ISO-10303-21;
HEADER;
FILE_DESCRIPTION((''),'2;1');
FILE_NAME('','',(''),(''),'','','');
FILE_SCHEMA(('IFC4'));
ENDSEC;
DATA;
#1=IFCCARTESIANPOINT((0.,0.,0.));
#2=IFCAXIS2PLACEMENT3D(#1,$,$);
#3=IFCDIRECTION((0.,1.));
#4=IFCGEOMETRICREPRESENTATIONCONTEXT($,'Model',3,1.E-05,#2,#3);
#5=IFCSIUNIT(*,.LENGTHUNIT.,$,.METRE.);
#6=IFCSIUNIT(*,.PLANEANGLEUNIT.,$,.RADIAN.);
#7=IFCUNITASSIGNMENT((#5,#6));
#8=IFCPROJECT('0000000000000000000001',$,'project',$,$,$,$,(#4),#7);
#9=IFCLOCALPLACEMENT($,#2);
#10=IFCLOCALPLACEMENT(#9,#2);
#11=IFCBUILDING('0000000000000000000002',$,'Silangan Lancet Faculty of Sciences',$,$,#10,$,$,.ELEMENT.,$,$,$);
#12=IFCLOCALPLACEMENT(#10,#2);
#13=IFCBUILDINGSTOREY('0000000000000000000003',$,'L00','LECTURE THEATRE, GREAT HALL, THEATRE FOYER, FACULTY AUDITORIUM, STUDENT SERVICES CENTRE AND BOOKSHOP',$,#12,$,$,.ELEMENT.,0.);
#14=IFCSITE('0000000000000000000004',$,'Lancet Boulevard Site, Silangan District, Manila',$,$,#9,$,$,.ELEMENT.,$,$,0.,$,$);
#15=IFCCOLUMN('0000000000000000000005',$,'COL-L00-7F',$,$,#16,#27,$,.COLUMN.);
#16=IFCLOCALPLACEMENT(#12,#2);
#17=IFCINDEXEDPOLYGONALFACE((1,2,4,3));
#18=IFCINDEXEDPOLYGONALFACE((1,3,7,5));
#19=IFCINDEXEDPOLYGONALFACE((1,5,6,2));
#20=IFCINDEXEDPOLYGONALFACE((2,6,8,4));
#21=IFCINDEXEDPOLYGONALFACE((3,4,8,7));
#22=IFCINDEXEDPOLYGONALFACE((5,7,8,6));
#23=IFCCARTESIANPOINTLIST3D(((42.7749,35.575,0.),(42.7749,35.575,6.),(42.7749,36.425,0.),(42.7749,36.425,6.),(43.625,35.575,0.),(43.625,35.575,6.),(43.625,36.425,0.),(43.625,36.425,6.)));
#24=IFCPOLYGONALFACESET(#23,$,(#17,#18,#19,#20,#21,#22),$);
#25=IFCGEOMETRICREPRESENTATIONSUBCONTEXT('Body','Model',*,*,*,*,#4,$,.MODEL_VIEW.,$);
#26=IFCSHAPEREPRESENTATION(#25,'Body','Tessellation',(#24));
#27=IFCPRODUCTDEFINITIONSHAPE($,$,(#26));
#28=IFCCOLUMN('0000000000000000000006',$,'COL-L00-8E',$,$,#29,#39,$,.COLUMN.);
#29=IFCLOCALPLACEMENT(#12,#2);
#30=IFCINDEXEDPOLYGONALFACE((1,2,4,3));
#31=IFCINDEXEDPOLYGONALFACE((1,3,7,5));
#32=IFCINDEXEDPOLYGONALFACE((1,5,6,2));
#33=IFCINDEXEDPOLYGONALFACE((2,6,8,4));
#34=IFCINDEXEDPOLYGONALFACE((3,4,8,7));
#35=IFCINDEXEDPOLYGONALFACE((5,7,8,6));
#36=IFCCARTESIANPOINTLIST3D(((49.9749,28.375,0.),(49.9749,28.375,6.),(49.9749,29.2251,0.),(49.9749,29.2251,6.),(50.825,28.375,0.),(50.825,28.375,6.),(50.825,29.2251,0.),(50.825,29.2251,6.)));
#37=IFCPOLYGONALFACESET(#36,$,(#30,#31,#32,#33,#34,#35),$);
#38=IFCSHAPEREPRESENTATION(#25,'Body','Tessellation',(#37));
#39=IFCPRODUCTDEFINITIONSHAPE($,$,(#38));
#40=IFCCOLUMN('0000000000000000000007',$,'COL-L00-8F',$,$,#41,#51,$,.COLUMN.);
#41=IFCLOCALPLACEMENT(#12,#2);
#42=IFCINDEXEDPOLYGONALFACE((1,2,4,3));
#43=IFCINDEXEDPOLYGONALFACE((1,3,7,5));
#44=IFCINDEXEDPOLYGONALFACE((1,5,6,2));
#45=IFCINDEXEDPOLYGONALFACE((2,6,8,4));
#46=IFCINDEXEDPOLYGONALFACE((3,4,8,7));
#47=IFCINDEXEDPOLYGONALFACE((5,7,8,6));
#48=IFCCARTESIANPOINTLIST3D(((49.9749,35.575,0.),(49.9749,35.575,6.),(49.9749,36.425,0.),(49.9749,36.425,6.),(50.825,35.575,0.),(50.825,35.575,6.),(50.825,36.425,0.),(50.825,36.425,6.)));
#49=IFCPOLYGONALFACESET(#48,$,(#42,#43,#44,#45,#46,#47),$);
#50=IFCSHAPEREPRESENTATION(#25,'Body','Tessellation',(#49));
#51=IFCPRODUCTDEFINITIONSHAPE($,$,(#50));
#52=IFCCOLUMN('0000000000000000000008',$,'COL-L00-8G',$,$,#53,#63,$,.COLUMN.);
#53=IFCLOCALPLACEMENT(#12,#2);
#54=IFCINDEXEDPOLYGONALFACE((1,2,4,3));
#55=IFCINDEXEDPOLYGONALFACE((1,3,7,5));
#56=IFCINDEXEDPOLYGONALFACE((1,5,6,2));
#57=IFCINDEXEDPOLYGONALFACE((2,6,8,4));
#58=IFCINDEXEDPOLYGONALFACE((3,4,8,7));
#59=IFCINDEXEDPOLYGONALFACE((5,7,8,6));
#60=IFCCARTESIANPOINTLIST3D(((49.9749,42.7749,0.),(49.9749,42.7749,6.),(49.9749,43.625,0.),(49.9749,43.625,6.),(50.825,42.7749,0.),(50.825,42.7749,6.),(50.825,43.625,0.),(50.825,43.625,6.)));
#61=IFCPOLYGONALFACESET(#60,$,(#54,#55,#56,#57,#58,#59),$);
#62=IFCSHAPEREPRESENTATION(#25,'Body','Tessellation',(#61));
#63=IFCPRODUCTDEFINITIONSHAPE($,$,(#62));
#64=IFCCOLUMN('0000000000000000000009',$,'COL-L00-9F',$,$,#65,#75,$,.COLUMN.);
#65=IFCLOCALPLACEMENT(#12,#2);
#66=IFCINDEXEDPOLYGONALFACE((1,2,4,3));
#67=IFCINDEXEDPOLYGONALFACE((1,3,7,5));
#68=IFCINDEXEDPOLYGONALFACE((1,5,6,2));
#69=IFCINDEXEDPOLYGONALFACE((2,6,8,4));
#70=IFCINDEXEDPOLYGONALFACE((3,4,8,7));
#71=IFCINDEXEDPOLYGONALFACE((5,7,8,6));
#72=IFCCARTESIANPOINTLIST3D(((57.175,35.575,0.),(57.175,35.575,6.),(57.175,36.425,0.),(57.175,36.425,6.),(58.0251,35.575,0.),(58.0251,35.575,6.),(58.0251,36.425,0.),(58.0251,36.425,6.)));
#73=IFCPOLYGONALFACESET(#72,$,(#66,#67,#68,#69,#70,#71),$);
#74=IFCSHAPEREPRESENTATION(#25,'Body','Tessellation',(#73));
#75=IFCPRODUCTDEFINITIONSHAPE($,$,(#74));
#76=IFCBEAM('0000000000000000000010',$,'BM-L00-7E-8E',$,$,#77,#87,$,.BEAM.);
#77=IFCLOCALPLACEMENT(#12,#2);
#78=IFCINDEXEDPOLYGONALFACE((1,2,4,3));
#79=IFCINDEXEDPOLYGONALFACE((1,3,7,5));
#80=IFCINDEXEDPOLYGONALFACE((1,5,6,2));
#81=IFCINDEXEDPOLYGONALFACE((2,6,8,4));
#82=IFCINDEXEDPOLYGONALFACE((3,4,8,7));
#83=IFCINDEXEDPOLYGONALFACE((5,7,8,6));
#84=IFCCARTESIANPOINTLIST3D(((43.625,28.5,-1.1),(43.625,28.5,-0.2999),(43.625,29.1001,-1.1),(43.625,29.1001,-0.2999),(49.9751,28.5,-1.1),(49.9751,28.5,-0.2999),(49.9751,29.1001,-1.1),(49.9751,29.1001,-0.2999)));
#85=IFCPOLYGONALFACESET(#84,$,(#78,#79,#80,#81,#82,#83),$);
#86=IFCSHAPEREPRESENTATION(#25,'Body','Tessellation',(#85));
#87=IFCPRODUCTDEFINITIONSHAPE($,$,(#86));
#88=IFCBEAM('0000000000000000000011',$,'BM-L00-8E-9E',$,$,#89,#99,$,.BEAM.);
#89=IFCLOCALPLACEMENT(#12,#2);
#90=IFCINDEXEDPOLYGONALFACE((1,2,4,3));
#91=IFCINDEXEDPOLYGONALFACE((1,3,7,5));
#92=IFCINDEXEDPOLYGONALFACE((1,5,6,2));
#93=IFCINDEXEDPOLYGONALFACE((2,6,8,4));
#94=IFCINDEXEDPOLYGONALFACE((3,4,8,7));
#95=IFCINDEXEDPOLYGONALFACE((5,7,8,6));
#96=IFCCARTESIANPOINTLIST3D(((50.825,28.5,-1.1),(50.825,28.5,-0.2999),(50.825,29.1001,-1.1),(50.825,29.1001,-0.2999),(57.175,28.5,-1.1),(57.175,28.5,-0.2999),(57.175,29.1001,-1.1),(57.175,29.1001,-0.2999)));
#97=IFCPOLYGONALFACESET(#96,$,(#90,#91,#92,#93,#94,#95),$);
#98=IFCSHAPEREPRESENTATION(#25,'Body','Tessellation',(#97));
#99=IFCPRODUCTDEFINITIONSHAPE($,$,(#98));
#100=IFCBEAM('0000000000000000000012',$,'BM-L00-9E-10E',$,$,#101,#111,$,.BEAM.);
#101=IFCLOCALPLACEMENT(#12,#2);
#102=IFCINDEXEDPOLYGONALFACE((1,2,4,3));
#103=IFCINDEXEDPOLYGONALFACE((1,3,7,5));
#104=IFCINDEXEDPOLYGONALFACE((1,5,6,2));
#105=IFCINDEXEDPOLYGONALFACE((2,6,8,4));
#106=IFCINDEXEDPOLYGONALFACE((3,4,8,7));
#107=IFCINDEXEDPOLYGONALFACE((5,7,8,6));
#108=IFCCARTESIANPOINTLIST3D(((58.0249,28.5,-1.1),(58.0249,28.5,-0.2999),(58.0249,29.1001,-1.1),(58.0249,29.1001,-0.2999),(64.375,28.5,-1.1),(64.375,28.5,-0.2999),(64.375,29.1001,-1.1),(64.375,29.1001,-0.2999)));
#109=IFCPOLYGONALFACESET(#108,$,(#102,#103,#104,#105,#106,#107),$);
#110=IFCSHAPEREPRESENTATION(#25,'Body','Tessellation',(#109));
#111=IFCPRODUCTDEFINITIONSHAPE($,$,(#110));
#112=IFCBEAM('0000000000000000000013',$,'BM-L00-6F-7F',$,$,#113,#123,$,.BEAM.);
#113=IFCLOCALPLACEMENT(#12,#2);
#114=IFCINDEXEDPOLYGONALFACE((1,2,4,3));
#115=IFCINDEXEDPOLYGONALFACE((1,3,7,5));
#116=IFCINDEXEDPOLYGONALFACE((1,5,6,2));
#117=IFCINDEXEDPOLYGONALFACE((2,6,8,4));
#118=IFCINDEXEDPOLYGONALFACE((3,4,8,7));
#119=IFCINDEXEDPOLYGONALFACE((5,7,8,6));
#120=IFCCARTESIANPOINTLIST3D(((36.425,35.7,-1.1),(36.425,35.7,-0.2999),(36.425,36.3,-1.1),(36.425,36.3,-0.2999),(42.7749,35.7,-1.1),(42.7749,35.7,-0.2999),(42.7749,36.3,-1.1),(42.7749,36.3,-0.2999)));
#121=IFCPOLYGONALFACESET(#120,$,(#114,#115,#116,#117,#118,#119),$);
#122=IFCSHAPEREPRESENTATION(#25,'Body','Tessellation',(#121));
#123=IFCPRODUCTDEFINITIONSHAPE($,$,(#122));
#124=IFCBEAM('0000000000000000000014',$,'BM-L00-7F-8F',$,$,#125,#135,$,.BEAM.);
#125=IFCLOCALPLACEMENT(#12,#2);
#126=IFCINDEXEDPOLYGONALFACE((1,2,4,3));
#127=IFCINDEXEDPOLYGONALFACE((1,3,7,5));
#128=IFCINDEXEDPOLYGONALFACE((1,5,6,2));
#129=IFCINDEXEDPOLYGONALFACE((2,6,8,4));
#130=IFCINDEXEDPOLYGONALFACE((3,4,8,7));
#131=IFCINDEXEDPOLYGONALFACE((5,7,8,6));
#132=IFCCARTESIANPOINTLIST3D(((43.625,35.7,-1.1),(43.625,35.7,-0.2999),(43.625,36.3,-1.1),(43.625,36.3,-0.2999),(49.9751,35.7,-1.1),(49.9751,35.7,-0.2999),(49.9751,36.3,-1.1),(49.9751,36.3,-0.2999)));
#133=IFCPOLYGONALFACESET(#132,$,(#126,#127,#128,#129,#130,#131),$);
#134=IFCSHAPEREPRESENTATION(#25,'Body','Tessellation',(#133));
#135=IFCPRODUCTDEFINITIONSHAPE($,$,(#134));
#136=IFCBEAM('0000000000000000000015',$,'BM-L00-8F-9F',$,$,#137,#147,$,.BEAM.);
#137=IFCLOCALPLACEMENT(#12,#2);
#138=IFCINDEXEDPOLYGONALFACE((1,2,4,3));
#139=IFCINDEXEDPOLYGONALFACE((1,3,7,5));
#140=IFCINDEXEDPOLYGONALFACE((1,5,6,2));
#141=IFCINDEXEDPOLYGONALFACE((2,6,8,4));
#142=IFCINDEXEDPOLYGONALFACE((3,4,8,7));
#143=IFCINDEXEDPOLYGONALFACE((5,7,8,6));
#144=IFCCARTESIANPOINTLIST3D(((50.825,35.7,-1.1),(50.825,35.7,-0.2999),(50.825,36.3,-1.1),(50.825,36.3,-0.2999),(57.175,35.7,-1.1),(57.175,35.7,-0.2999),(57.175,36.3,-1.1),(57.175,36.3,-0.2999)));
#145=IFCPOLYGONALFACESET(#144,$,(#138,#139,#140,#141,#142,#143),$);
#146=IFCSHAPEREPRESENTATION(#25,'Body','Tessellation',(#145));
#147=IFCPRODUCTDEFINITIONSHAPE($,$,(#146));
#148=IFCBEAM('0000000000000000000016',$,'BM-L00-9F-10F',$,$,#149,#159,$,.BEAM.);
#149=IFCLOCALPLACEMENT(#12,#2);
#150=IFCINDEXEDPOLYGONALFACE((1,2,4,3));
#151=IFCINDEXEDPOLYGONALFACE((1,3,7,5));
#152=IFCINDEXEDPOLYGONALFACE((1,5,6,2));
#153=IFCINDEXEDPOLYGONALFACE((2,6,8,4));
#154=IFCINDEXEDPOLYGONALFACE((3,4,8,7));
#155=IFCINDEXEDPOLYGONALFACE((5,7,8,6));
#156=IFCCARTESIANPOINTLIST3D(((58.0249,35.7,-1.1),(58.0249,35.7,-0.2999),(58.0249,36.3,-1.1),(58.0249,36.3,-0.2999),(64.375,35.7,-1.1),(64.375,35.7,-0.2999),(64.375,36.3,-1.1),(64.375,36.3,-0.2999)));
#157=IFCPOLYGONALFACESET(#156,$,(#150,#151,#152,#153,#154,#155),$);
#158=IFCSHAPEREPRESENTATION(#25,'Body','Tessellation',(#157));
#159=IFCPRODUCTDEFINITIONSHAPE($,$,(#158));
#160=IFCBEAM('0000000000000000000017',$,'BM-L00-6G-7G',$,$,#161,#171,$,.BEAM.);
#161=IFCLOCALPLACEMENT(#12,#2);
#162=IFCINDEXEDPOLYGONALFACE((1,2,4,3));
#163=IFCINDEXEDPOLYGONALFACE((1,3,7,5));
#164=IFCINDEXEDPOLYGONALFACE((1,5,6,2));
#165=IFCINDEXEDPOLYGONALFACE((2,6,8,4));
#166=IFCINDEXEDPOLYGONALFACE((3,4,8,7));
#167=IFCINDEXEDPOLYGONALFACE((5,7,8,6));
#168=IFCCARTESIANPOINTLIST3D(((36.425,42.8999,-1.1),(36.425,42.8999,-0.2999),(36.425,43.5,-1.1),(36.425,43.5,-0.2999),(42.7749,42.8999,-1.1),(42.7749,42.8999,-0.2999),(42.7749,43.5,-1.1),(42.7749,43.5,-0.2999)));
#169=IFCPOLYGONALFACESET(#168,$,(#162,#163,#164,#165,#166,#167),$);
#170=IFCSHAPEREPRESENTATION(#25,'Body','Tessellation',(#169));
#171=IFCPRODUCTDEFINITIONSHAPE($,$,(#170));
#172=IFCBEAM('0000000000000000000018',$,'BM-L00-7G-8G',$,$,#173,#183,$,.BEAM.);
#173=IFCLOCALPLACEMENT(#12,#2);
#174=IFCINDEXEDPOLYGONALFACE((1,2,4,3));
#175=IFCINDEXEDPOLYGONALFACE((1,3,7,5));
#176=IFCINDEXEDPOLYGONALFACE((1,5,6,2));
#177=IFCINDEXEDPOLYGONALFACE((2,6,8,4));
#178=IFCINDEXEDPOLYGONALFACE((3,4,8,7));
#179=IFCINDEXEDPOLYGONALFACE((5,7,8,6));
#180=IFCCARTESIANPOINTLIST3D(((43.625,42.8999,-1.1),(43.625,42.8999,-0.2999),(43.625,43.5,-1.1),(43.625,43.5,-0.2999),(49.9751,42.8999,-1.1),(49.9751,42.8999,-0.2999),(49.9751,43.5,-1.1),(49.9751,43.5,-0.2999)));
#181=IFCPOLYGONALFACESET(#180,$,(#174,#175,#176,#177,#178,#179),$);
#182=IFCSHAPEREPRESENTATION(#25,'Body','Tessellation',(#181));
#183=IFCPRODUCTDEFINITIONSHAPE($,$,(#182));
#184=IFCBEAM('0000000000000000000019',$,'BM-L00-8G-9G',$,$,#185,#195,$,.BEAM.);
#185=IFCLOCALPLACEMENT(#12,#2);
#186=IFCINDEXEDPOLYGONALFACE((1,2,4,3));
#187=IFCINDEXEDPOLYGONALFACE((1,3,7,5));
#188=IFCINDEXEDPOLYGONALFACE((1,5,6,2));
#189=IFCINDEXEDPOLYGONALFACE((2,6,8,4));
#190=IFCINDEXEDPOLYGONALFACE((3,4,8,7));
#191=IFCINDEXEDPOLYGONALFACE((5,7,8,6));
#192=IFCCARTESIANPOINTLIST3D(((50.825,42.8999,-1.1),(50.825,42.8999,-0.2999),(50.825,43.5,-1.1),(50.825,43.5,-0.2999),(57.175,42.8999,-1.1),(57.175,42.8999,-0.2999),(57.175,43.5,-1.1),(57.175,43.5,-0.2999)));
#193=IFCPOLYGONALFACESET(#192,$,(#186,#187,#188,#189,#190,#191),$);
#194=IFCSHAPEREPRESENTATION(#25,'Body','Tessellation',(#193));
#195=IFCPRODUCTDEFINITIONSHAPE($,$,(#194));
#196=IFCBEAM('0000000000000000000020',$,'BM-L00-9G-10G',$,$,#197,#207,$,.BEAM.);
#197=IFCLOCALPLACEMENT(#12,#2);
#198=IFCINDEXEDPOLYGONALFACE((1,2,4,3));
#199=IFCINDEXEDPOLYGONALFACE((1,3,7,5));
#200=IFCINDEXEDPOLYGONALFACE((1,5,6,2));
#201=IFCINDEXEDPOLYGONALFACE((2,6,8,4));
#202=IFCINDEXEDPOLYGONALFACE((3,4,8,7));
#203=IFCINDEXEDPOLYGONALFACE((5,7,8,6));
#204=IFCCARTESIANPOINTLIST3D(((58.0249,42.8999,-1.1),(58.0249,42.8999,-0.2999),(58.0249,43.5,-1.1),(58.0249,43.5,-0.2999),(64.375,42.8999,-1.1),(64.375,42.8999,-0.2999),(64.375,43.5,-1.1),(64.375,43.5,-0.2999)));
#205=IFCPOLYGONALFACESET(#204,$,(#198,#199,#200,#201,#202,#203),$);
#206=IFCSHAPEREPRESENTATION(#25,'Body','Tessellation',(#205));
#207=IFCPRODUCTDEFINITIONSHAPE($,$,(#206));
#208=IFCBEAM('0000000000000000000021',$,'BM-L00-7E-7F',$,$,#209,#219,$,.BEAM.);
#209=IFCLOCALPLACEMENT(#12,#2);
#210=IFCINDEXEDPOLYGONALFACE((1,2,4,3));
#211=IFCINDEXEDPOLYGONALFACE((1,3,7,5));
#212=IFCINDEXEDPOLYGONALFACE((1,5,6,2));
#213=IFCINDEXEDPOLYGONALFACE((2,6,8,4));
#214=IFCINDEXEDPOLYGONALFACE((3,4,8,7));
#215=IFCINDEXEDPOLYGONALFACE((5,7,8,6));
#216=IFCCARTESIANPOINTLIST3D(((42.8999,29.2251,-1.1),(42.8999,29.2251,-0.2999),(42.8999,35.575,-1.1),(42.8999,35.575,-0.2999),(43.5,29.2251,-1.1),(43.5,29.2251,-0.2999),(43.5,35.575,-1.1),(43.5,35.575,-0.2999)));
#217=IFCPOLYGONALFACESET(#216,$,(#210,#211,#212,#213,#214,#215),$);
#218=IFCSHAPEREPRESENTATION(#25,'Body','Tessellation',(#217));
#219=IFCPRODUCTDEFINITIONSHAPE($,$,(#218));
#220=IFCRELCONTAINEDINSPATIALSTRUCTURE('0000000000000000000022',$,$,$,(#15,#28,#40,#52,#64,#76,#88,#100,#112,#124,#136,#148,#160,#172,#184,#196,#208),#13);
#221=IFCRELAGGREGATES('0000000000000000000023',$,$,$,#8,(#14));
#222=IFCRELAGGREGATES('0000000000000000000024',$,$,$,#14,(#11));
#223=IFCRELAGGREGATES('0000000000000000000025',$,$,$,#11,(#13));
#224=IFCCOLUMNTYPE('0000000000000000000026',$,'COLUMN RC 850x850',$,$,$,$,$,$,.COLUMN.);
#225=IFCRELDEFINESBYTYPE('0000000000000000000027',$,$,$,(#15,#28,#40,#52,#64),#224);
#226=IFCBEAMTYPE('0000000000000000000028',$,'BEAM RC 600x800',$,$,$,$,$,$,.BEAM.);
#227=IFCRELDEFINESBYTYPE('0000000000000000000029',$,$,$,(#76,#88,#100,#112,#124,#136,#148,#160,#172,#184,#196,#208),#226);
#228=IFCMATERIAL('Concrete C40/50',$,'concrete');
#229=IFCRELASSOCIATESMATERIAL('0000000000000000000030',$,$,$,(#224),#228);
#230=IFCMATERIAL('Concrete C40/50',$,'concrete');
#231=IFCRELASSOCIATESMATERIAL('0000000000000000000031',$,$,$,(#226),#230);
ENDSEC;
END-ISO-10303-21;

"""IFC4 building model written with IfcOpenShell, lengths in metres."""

from ifc_helpers import new_model, si_unit, direction, frame, origin, origin_2d, place, context, subcontext, project, spatial, rectangle, extrude, material, material_profile, profile_set, type_object, element, save


model = new_model("IFC4")

# Units and contexts
model_context = context("Model", 3, precision=1e-05, world=origin(), true_north=direction((0.0, 1.0)))
body_context = subcontext(model_context, "Body", "Model", "MODEL_VIEW")
ifc_project = project(units=[si_unit("LENGTHUNIT", "METRE"), si_unit("PLANEANGLEUNIT", "RADIAN")], contexts=[model_context])

# Site, building, storey
site_placement = place(None, origin())
site = spatial("IfcSite", under=ifc_project, at=site_placement, Name="Lancet Boulevard Site, Silangan District, Manila", CompositionType="ELEMENT", RefElevation=0.0)
building_placement = place(site_placement, origin())
building = spatial("IfcBuilding", under=site, at=building_placement, Name="Silangan Lancet Faculty of Sciences", CompositionType="ELEMENT")
storey_placement = place(building_placement, origin())
storey = spatial("IfcBuildingStorey", under=building, at=storey_placement, Name="L00", Description="LECTURE THEATRE, GREAT HALL, THEATRE FOYER, FACULTY AUDITORIUM, STUDENT SERVICES CENTRE AND BOOKSHOP", CompositionType="ELEMENT", Elevation=0.0)

# Columns
ifc_material_1 = material(Name="Concrete C40/50", Category="concrete")
ifc_material_profile_1 = material_profile(ifc_material_1, rectangle(XDim=0.8501, YDim=0.8501, at=origin_2d()), Name="RC 850x850")
ifc_profile_set_1 = profile_set([ifc_material_profile_1], Name="Concrete C40/50")
column_type = type_object("IfcColumnType", Name="COLUMN RC 850x850", PredefinedType="COLUMN", material=ifc_profile_set_1)
for number, where, z_axis, x_axis, name in (
    (1, (43.2, 36.0, 0.0), (0.0, 0.0, 1.0), (1.0, 0.0, 0.0), "COL-L00-7F"),
    (2, (50.3999, 28.8, 0.0), (0.0, 0.0, 1.0), (1.0, 0.0, 0.0), "COL-L00-8E"),
    (3, (50.3999, 36.0, 0.0), (0.0, 0.0, 1.0), (1.0, 0.0, 0.0), "COL-L00-8F"),
    (4, (50.3999, 43.2, 0.0), (0.0, 0.0, 1.0), (1.0, 0.0, 0.0), "COL-L00-8G"),
    (5, (57.6001, 36.0, 0.0), (0.0, 0.0, 1.0), (1.0, 0.0, 0.0), "COL-L00-9F"),
):
    element("IfcColumn", number, at=place(storey_placement, frame(where, z_axis=z_axis, x_axis=x_axis)), inside=storey, type_object=column_type, Name=name, PredefinedType="COLUMN", context=body_context, shape_type="SweptSolid", body=[
        extrude(rectangle(XDim=0.8501, YDim=0.8501, at=origin_2d()), origin(), (0.0, 0.0, 1.0), 6.0),
    ])

# Beams
ifc_material_2 = material(Name="Concrete C40/50", Category="concrete")
ifc_material_profile_2 = material_profile(ifc_material_2, rectangle(XDim=0.6001, YDim=0.8, at=origin_2d()), Name="RC 600x800")
ifc_profile_set_2 = profile_set([ifc_material_profile_2], Name="Concrete C40/50")
beam_type = type_object("IfcBeamType", Name="BEAM RC 600x800", PredefinedType="BEAM", material=ifc_profile_set_2)
for number, where, z_axis, x_axis, name in (
    (6, (43.625, 28.8, -0.7), (1.0, 0.0, 0.0), (0.0, 1.0, 0.0), "BM-L00-7E-8E"),
    (7, (50.825, 28.8, -0.7), (1.0, 0.0, 0.0), (0.0, 1.0, 0.0), "BM-L00-8E-9E"),
    (8, (58.0249, 28.8, -0.7), (1.0, 0.0, 0.0), (0.0, 1.0, 0.0), "BM-L00-9E-10E"),
):
    element("IfcBeam", number, at=place(storey_placement, frame(where, z_axis=z_axis, x_axis=x_axis)), inside=storey, type_object=beam_type, Name=name, PredefinedType="BEAM", context=body_context, shape_type="SweptSolid", body=[
        extrude(rectangle(XDim=0.6001, YDim=0.8, at=origin_2d()), origin(), (0.0, 0.0, 1.0), 6.3501),
    ])
beam_1_placement = place(storey_placement, frame((36.425, 36.0, -0.7), z_axis=(1.0, 0.0, 0.0), x_axis=(0.0, 1.0, 0.0)))
element("IfcBeam", 9, at=beam_1_placement, inside=storey, type_object=beam_type, Name="BM-L00-6F-7F", PredefinedType="BEAM", context=body_context, shape_type="SweptSolid", body=[
    extrude(rectangle(XDim=0.6001, YDim=0.8, at=origin_2d()), origin(), (0.0, 0.0, 1.0), 6.3499),
])
for number, where, z_axis, x_axis, name in (
    (10, (43.625, 36.0, -0.7), (1.0, 0.0, 0.0), (0.0, 1.0, 0.0), "BM-L00-7F-8F"),
    (11, (50.825, 36.0, -0.7), (1.0, 0.0, 0.0), (0.0, 1.0, 0.0), "BM-L00-8F-9F"),
    (12, (58.0249, 36.0, -0.7), (1.0, 0.0, 0.0), (0.0, 1.0, 0.0), "BM-L00-9F-10F"),
):
    element("IfcBeam", number, at=place(storey_placement, frame(where, z_axis=z_axis, x_axis=x_axis)), inside=storey, type_object=beam_type, Name=name, PredefinedType="BEAM", context=body_context, shape_type="SweptSolid", body=[
        extrude(rectangle(XDim=0.6001, YDim=0.8, at=origin_2d()), origin(), (0.0, 0.0, 1.0), 6.3501),
    ])
beam_2_placement = place(storey_placement, frame((36.425, 43.2, -0.7), z_axis=(1.0, 0.0, 0.0), x_axis=(0.0, 1.0, 0.0)))
element("IfcBeam", 13, at=beam_2_placement, inside=storey, type_object=beam_type, Name="BM-L00-6G-7G", PredefinedType="BEAM", context=body_context, shape_type="SweptSolid", body=[
    extrude(rectangle(XDim=0.6001, YDim=0.8, at=origin_2d()), origin(), (0.0, 0.0, 1.0), 6.3499),
])
for number, where, z_axis, x_axis, name in (
    (14, (43.625, 43.2, -0.7), (1.0, 0.0, 0.0), (0.0, 1.0, 0.0), "BM-L00-7G-8G"),
    (15, (50.825, 43.2, -0.7), (1.0, 0.0, 0.0), (0.0, 1.0, 0.0), "BM-L00-8G-9G"),
    (16, (58.0249, 43.2, -0.7), (1.0, 0.0, 0.0), (0.0, 1.0, 0.0), "BM-L00-9G-10G"),
):
    element("IfcBeam", number, at=place(storey_placement, frame(where, z_axis=z_axis, x_axis=x_axis)), inside=storey, type_object=beam_type, Name=name, PredefinedType="BEAM", context=body_context, shape_type="SweptSolid", body=[
        extrude(rectangle(XDim=0.6001, YDim=0.8, at=origin_2d()), origin(), (0.0, 0.0, 1.0), 6.3501),
    ])
for number, where, z_axis, x_axis, name in (
    (17, (43.2, 29.2251, -0.7), (0.0, 1.0, 0.0), (-1.0, 0.0, 0.0), "BM-L00-7E-7F"),
):
    element("IfcBeam", number, at=place(storey_placement, frame(where, z_axis=z_axis, x_axis=x_axis)), inside=storey, type_object=beam_type, Name=name, PredefinedType="BEAM", context=body_context, shape_type="SweptSolid", body=[
        extrude(rectangle(XDim=0.6001, YDim=0.8, at=origin_2d()), origin(), (0.0, 0.0, 1.0), 6.3499),
    ])

save(model, "model.ifc")
